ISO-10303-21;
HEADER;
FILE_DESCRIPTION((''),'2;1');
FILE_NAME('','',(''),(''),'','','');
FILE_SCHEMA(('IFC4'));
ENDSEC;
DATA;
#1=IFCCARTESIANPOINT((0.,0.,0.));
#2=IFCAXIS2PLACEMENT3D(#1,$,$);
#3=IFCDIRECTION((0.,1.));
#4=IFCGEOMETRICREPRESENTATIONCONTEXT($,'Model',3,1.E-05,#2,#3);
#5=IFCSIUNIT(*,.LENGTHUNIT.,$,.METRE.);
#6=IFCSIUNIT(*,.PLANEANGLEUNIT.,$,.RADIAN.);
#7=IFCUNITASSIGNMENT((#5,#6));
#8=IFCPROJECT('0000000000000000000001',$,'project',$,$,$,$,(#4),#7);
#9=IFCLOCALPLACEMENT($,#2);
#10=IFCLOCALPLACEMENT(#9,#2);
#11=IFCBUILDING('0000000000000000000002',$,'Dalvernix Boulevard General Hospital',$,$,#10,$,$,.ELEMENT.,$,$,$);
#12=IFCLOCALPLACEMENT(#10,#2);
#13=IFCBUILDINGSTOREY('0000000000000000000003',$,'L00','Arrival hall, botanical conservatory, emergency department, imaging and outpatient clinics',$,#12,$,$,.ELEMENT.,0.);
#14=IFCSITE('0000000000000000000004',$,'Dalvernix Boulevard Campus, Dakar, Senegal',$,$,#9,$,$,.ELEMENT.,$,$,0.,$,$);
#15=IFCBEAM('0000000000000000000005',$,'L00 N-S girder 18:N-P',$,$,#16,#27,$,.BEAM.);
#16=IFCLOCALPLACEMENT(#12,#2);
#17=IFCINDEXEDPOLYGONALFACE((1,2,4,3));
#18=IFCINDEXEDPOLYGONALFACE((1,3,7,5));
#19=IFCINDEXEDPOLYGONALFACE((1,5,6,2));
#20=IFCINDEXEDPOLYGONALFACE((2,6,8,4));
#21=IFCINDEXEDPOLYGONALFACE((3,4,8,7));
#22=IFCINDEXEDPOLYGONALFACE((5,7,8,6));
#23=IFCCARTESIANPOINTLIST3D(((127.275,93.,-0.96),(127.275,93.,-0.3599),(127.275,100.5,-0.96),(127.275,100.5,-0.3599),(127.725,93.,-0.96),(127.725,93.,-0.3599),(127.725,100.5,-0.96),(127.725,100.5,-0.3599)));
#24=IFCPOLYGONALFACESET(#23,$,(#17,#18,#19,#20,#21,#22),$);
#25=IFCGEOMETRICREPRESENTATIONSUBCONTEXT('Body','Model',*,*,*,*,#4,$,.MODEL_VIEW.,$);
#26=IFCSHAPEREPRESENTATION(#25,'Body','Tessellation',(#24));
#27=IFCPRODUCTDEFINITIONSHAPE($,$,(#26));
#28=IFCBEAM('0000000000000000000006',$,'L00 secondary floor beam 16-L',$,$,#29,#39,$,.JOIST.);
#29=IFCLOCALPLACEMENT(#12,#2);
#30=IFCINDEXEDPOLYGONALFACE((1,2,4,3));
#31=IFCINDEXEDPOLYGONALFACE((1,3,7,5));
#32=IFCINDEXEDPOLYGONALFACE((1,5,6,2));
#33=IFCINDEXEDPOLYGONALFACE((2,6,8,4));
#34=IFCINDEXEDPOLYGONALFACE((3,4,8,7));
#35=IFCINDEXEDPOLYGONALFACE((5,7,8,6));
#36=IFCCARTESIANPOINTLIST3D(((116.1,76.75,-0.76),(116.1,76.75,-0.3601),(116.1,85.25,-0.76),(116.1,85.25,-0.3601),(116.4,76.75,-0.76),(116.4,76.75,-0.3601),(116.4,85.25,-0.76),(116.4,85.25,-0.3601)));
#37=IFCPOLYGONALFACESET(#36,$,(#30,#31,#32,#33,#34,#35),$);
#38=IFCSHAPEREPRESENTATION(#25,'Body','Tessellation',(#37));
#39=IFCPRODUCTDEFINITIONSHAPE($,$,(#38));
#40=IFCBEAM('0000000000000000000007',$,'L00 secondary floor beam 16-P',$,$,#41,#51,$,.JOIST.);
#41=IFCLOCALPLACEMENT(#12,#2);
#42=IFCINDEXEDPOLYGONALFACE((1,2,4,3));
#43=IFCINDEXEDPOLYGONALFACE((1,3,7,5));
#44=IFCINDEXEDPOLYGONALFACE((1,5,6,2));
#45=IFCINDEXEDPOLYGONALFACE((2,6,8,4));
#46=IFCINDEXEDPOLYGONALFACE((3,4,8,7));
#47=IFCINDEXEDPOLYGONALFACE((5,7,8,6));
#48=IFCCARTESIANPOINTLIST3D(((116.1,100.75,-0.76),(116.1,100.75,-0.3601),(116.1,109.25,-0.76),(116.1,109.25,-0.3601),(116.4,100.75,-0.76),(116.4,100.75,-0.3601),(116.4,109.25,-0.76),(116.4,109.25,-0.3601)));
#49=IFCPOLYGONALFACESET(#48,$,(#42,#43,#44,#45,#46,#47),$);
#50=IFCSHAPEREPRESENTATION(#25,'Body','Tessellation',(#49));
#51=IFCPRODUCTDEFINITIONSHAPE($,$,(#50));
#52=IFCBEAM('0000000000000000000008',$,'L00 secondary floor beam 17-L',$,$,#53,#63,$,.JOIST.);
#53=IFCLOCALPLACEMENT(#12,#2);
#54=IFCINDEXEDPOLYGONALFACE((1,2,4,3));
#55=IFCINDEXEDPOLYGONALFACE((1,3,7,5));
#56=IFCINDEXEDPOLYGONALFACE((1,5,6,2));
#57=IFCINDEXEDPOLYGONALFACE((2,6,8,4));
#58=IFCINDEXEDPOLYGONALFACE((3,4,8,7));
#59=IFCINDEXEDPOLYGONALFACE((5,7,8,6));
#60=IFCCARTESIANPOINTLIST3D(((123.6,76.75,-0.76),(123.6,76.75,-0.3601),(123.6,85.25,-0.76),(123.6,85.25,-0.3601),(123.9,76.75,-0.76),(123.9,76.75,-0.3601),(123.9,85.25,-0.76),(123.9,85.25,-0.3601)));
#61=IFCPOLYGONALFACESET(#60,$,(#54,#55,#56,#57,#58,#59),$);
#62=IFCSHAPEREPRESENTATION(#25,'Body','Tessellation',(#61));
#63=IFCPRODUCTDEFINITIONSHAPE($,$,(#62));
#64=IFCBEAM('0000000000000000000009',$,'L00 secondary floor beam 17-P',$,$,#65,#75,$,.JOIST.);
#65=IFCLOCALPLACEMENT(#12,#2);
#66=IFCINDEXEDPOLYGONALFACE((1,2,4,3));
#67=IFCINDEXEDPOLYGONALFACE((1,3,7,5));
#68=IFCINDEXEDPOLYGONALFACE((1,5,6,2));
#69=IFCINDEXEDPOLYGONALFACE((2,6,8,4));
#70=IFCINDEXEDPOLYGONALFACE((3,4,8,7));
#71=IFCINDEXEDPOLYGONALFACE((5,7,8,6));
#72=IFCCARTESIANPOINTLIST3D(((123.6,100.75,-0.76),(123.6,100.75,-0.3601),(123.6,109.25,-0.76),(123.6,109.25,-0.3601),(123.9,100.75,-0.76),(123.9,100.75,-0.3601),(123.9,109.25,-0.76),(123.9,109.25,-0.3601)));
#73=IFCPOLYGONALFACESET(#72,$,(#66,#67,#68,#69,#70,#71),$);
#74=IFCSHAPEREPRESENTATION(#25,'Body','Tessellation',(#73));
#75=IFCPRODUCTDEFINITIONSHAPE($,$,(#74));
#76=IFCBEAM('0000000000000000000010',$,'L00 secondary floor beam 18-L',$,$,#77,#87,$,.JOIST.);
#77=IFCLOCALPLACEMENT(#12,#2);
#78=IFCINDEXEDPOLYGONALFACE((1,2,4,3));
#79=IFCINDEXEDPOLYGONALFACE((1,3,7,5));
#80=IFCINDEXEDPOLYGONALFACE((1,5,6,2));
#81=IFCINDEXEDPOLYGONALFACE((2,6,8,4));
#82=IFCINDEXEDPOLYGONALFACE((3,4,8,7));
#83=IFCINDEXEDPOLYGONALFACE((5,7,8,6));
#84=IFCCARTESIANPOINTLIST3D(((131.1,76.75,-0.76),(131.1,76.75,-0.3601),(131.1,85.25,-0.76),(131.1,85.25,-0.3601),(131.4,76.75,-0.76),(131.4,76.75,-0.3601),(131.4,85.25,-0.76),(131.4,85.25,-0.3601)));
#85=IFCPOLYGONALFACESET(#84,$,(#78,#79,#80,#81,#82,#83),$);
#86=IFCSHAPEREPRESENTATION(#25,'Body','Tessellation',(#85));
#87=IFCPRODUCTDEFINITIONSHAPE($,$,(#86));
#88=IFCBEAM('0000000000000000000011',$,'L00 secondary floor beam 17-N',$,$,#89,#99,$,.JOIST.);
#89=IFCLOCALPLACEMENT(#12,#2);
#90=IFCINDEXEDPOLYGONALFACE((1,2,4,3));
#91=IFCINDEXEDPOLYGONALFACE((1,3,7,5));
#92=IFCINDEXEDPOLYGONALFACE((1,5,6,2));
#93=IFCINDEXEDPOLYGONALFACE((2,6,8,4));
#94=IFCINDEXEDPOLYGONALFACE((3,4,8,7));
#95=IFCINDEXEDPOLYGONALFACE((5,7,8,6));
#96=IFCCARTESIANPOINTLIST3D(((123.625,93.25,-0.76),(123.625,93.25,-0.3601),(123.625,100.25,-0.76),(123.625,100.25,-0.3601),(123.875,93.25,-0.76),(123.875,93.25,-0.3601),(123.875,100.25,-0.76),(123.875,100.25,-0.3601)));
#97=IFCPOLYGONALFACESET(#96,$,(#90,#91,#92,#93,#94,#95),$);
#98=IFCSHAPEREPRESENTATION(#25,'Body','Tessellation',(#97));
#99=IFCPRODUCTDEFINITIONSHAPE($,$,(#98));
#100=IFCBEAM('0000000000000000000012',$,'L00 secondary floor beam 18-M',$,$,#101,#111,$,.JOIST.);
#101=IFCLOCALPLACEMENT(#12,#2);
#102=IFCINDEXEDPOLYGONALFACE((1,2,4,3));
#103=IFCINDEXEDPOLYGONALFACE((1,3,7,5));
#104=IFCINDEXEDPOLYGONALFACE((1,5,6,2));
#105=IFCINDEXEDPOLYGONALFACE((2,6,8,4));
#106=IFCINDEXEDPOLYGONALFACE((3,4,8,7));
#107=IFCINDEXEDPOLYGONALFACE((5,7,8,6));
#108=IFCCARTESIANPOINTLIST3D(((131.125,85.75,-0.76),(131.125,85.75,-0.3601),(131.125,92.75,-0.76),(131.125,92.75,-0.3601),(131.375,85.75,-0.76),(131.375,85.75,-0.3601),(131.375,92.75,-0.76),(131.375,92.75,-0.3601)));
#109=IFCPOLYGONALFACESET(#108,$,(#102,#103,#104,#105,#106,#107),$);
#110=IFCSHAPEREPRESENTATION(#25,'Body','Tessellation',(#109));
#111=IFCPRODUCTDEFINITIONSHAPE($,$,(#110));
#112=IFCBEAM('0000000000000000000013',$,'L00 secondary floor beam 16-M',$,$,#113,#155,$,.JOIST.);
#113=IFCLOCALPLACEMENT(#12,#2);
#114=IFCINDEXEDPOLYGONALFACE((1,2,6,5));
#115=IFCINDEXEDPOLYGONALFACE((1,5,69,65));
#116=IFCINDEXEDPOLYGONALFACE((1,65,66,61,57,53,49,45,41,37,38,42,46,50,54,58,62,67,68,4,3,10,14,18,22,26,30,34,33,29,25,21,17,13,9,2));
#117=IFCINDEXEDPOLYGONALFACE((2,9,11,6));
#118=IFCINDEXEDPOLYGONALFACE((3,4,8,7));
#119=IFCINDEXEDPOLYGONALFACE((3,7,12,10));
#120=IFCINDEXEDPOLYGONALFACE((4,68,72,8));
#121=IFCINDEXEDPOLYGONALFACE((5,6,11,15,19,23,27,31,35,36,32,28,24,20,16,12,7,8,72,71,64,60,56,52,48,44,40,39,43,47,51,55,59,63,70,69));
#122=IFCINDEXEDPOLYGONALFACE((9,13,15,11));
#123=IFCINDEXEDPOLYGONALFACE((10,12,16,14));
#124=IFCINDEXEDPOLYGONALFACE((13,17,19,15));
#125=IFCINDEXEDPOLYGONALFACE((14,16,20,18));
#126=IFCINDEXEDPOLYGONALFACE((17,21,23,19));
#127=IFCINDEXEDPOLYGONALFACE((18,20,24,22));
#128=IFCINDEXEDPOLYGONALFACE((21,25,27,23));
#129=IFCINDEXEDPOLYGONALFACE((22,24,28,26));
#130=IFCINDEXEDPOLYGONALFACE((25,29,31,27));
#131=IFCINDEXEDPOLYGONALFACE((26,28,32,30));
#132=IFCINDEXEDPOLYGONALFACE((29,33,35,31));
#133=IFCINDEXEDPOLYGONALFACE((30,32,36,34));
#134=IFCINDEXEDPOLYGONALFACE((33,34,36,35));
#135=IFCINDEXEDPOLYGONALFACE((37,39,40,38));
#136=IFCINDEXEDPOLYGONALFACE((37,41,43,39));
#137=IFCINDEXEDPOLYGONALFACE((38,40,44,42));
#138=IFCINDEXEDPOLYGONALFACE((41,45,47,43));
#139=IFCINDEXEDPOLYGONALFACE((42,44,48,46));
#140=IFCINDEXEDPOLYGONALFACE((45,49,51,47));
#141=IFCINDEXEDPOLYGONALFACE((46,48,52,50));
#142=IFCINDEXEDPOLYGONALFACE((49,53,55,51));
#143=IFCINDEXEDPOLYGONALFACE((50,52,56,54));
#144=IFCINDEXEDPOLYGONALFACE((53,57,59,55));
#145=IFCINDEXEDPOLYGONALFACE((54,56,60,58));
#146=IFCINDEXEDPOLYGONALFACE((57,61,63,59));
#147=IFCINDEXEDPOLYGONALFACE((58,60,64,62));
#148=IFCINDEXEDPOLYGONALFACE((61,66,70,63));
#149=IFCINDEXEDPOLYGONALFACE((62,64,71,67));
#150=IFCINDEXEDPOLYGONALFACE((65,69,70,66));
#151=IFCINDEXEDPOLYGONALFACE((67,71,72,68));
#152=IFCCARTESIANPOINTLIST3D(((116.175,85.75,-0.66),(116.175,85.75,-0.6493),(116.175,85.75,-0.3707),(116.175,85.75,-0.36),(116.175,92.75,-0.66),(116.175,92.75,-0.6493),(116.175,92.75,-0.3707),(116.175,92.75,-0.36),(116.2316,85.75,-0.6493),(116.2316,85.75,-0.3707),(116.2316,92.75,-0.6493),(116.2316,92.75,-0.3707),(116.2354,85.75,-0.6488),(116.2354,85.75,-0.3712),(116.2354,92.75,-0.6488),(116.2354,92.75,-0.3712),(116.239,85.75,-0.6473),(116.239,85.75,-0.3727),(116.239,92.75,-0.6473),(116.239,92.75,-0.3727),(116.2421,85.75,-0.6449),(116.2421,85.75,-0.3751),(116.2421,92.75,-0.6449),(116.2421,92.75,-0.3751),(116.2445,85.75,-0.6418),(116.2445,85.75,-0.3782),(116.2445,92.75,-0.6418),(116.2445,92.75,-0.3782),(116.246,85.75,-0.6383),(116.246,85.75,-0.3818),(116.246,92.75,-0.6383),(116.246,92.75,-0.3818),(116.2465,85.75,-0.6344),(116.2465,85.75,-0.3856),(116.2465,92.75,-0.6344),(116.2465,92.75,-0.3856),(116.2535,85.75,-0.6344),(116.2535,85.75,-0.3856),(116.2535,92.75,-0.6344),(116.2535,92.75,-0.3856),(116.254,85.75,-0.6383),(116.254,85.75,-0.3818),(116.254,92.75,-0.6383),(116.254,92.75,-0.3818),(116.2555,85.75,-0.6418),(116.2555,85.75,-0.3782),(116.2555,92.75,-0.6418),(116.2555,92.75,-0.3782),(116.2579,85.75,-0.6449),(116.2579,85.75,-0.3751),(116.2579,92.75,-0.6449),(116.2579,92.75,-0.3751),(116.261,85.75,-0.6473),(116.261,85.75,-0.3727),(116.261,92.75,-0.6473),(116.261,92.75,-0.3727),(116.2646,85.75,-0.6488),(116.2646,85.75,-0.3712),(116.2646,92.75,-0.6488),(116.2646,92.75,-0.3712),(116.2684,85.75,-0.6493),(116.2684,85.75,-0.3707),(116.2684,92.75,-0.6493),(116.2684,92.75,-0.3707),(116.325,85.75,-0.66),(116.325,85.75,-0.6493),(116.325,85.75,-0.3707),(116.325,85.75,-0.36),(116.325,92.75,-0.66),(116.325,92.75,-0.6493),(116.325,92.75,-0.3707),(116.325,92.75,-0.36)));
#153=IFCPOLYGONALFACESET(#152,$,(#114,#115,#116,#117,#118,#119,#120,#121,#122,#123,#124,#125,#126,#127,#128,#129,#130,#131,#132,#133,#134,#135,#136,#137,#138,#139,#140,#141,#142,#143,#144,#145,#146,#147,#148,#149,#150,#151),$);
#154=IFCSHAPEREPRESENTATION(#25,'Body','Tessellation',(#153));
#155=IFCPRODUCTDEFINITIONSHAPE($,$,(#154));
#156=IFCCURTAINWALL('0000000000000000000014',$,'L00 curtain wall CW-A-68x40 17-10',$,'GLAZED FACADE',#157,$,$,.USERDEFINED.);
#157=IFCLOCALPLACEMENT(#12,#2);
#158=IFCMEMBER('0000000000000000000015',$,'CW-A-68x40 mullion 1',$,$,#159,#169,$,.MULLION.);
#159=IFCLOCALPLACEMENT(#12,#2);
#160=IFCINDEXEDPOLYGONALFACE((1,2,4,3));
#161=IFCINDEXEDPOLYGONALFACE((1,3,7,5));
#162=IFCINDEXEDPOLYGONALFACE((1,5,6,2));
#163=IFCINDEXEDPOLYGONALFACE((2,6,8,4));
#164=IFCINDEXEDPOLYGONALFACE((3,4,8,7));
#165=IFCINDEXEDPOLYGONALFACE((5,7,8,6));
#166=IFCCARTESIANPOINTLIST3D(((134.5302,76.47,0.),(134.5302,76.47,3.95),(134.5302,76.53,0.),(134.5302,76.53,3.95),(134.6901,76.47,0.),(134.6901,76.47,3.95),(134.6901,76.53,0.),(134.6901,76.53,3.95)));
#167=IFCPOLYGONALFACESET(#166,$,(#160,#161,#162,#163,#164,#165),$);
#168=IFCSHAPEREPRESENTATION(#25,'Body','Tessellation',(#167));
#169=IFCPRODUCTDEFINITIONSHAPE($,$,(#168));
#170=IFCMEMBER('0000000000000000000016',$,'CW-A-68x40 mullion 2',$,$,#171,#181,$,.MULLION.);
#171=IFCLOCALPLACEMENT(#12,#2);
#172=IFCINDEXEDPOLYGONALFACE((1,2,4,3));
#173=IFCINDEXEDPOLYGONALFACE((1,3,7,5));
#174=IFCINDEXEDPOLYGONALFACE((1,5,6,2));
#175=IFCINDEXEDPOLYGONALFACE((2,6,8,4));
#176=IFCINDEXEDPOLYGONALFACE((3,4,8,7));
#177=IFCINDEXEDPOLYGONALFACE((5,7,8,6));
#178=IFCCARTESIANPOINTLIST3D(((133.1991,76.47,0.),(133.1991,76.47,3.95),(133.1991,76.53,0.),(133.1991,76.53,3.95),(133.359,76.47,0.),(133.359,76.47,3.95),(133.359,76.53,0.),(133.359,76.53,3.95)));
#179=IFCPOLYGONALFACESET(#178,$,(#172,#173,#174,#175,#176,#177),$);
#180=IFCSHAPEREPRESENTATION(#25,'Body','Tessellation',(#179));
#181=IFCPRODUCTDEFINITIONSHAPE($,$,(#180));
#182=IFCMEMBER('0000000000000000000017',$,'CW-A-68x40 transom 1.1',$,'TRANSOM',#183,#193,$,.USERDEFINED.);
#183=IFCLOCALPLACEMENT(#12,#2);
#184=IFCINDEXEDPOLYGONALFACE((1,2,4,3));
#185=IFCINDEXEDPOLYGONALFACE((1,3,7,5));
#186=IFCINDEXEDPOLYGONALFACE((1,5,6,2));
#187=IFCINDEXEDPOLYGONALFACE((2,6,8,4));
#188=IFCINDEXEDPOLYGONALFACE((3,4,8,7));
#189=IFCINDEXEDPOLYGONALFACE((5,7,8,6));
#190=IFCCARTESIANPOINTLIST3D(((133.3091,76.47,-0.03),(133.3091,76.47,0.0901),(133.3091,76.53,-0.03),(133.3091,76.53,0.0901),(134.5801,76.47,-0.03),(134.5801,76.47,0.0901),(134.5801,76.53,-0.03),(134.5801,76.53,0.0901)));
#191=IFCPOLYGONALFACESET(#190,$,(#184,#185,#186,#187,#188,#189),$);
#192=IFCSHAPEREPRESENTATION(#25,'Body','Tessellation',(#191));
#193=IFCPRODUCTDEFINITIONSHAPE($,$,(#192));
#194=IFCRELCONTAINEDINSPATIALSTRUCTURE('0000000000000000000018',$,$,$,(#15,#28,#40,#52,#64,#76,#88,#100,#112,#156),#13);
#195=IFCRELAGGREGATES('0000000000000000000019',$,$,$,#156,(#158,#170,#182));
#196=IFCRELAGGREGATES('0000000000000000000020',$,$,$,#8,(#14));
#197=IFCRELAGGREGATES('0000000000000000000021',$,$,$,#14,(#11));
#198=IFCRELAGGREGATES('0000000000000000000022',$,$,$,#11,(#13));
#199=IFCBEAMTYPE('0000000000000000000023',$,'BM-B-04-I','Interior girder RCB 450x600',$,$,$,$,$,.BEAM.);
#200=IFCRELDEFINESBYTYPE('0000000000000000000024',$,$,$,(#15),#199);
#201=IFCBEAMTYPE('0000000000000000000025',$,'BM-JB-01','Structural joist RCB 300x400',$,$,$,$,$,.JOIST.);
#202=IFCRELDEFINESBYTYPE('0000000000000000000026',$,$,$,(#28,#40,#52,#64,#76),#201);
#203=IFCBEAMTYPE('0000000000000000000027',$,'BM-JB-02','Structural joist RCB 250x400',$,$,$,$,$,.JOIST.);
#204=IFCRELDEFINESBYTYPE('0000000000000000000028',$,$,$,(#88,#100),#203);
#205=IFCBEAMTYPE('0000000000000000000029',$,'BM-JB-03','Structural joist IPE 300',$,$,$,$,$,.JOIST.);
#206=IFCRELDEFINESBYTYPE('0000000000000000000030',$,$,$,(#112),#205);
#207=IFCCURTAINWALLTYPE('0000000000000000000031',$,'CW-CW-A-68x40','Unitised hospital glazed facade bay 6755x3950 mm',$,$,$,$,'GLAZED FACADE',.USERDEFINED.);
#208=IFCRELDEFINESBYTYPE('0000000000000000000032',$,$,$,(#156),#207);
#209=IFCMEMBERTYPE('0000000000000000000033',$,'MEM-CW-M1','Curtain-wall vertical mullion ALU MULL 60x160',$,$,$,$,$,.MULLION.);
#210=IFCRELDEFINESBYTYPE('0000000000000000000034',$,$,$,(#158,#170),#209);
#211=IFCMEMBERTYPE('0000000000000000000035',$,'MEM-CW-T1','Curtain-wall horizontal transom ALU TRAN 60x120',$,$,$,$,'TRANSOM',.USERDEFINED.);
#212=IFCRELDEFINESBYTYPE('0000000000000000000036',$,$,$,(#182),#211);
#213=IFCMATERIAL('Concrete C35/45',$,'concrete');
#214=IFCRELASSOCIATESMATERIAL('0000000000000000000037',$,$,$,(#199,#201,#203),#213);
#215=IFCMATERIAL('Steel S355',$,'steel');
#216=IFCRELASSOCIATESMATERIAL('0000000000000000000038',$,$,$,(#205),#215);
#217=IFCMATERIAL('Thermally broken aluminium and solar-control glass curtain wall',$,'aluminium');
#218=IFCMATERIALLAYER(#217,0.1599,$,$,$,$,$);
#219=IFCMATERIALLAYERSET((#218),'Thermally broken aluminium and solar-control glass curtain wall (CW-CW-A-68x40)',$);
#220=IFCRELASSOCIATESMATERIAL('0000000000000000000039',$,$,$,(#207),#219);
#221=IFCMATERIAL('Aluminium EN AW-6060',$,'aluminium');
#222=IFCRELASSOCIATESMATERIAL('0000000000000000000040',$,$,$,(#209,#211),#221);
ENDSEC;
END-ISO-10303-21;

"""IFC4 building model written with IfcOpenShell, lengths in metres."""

from ifc_helpers import new_model, si_unit, direction, frame, origin, origin_2d, place, context, subcontext, project, spatial, rectangle, i_section, extrude, material, layer, layer_set, material_profile, profile_set, type_object, element, aggregate, save


model = new_model("IFC4")

# Units and contexts
model_context = context("Model", 3, precision=1e-05, world=origin(), true_north=direction((0.0, 1.0)))
body_context = subcontext(model_context, "Body", "Model", "MODEL_VIEW")
ifc_project = project(units=[si_unit("LENGTHUNIT", "METRE"), si_unit("PLANEANGLEUNIT", "RADIAN")], contexts=[model_context])

# Site, building, storey
site_placement = place(None, origin())
site = spatial("IfcSite", under=ifc_project, at=site_placement, Name="Dalvernix Boulevard Campus, Dakar, Senegal", CompositionType="ELEMENT", RefElevation=0.0)
building_placement = place(site_placement, origin())
building = spatial("IfcBuilding", under=site, at=building_placement, Name="Dalvernix Boulevard General Hospital", CompositionType="ELEMENT")
storey_placement = place(building_placement, origin())
storey = spatial("IfcBuildingStorey", under=building, at=storey_placement, Name="L00", Description="Arrival hall, botanical conservatory, emergency department, imaging and outpatient clinics", CompositionType="ELEMENT", Elevation=0.0)

# Beams
ifc_material_1 = material(Name="Concrete C35/45", Category="concrete")
ifc_material_profile_1 = material_profile(ifc_material_1, rectangle(XDim=0.45, YDim=0.6001, at=origin_2d()), Name="RCB 450x600")
ifc_profile_set_1 = profile_set([ifc_material_profile_1], Name="Concrete C35/45")
beam_type_1 = type_object("IfcBeamType", Name="BM-B-04-I", Description="Interior girder RCB 450x600", PredefinedType="BEAM", material=ifc_profile_set_1)
for number, where, z_axis, x_axis, name in (
    (1, (127.5, 93.0, -0.6599), (0.0, 1.0, 0.0), (-1.0, 0.0, 0.0), "L00 N-S girder 18:N-P"),
):
    element("IfcBeam", number, at=place(storey_placement, frame(where, z_axis=z_axis, x_axis=x_axis)), inside=storey, type_object=beam_type_1, Name=name, PredefinedType="BEAM", context=body_context, shape_type="SweptSolid", body=[
        extrude(rectangle(XDim=0.45, YDim=0.6001, at=origin_2d()), origin(), (0.0, 0.0, 1.0), 7.5),
    ])
ifc_material_profile_2 = material_profile(ifc_material_1, rectangle(XDim=0.3, YDim=0.3999, at=origin_2d()), Name="RCB 300x400")
ifc_profile_set_2 = profile_set([ifc_material_profile_2], Name="Concrete C35/45")
beam_type_2 = type_object("IfcBeamType", Name="BM-JB-01", Description="Structural joist RCB 300x400", PredefinedType="JOIST", material=ifc_profile_set_2)
for number, where, z_axis, x_axis, name in (
    (2, (116.25, 76.75, -0.5601), (0.0, 1.0, 0.0), (-1.0, 0.0, 0.0), "L00 secondary floor beam 16-L"),
    (3, (116.25, 100.75, -0.5601), (0.0, 1.0, 0.0), (-1.0, 0.0, 0.0), "L00 secondary floor beam 16-P"),
    (4, (123.75, 76.75, -0.5601), (0.0, 1.0, 0.0), (-1.0, 0.0, 0.0), "L00 secondary floor beam 17-L"),
    (5, (123.75, 100.75, -0.5601), (0.0, 1.0, 0.0), (-1.0, 0.0, 0.0), "L00 secondary floor beam 17-P"),
    (6, (131.25, 76.75, -0.5601), (0.0, 1.0, 0.0), (-1.0, 0.0, 0.0), "L00 secondary floor beam 18-L"),
):
    element("IfcBeam", number, at=place(storey_placement, frame(where, z_axis=z_axis, x_axis=x_axis)), inside=storey, type_object=beam_type_2, Name=name, PredefinedType="JOIST", context=body_context, shape_type="SweptSolid", body=[
        extrude(rectangle(XDim=0.3, YDim=0.3999, at=origin_2d()), origin(), (0.0, 0.0, 1.0), 8.5),
    ])
ifc_material_profile_3 = material_profile(ifc_material_1, rectangle(XDim=0.25, YDim=0.3999, at=origin_2d()), Name="RCB 250x400")
ifc_profile_set_3 = profile_set([ifc_material_profile_3], Name="Concrete C35/45")
beam_type_3 = type_object("IfcBeamType", Name="BM-JB-02", Description="Structural joist RCB 250x400", PredefinedType="JOIST", material=ifc_profile_set_3)
for number, where, z_axis, x_axis, name in (
    (7, (123.75, 93.25, -0.5601), (0.0, 1.0, 0.0), (-1.0, 0.0, 0.0), "L00 secondary floor beam 17-N"),
    (8, (131.25, 85.75, -0.5601), (0.0, 1.0, 0.0), (-1.0, 0.0, 0.0), "L00 secondary floor beam 18-M"),
):
    element("IfcBeam", number, at=place(storey_placement, frame(where, z_axis=z_axis, x_axis=x_axis)), inside=storey, type_object=beam_type_3, Name=name, PredefinedType="JOIST", context=body_context, shape_type="SweptSolid", body=[
        extrude(rectangle(XDim=0.25, YDim=0.3999, at=origin_2d()), origin(), (0.0, 0.0, 1.0), 7.0),
    ])
ifc_material_2 = material(Name="Steel S355", Category="steel")
ifc_material_profile_4 = material_profile(ifc_material_2, i_section(OverallWidth=0.1499, OverallDepth=0.3, WebThickness=0.0071, FlangeThickness=0.0107, FilletRadius=0.0149, at=origin_2d()), Name="IPE 300")
ifc_profile_set_4 = profile_set([ifc_material_profile_4], Name="Steel S355")
beam_type_4 = type_object("IfcBeamType", Name="BM-JB-03", Description="Structural joist IPE 300", PredefinedType="JOIST", material=ifc_profile_set_4)
beam_placement = place(storey_placement, frame((116.25, 85.75, -0.51), z_axis=(0.0, 1.0, 0.0), x_axis=(-1.0, 0.0, 0.0)))
element("IfcBeam", 9, at=beam_placement, inside=storey, type_object=beam_type_4, Name="L00 secondary floor beam 16-M", PredefinedType="JOIST", context=body_context, shape_type="SweptSolid", body=[
    extrude(i_section(OverallWidth=0.1499, OverallDepth=0.3, WebThickness=0.0071, FlangeThickness=0.0107, FilletRadius=0.0149, at=origin_2d()), origin(), (0.0, 0.0, 1.0), 7.0),
])

# Curtain wall, members
ifc_material_3 = material(Name="Thermally broken aluminium and solar-control glass curtain wall", Category="aluminium")
ifc_layer_1 = layer(ifc_material_3, 0.1599)
ifc_layer_set_1 = layer_set([ifc_layer_1], Name="Thermally broken aluminium and solar-control glass curtain wall (CW-CW-A-68x40)")
curtain_wall_type = type_object("IfcCurtainWallType", Name="CW-CW-A-68x40", Description="Unitised hospital glazed facade bay 6755x3950 mm", ElementType="GLAZED FACADE", PredefinedType="USERDEFINED", material=ifc_layer_set_1)
curtain_wall_placement = place(storey_placement, origin())
curtain_wall = element("IfcCurtainWall", 10, at=curtain_wall_placement, inside=storey, type_object=curtain_wall_type, Name="L00 curtain wall CW-A-68x40 17-10", ObjectType="GLAZED FACADE", PredefinedType="USERDEFINED")
ifc_material_4 = material(Name="Aluminium EN AW-6060", Category="aluminium")
ifc_material_profile_5 = material_profile(ifc_material_4, rectangle(XDim=0.0601, YDim=0.1599, at=origin_2d()), Name="ALU MULL 60x160")
ifc_profile_set_5 = profile_set([ifc_material_profile_5], Name="Aluminium EN AW-6060")
member_type_1 = type_object("IfcMemberType", Name="MEM-CW-M1", Description="Curtain-wall vertical mullion ALU MULL 60x160", PredefinedType="MULLION", material=ifc_profile_set_5)
member_1_placement = place(storey_placement, frame((134.6101, 76.5, 0.0), z_axis=(0.0, 0.0, 1.0), x_axis=(0.0, -1.0, 0.0)))
member_1 = element("IfcMember", 11, at=member_1_placement, type_object=member_type_1, Name="CW-A-68x40 mullion 1", PredefinedType="MULLION", context=body_context, shape_type="SweptSolid", body=[
    extrude(rectangle(XDim=0.0601, YDim=0.1599, at=origin_2d()), origin(), (0.0, 0.0, 1.0), 3.95),
])
member_2_placement = place(storey_placement, frame((133.2791, 76.5, 0.0), z_axis=(0.0, 0.0, 1.0), x_axis=(0.0, -1.0, 0.0)))
member_2 = element("IfcMember", 12, at=member_2_placement, type_object=member_type_1, Name="CW-A-68x40 mullion 2", PredefinedType="MULLION", context=body_context, shape_type="SweptSolid", body=[
    extrude(rectangle(XDim=0.0601, YDim=0.1599, at=origin_2d()), origin(), (0.0, 0.0, 1.0), 3.95),
])
ifc_material_profile_6 = material_profile(ifc_material_4, rectangle(XDim=0.0601, YDim=0.1201, at=origin_2d()), Name="ALU TRAN 60x120")
ifc_profile_set_6 = profile_set([ifc_material_profile_6], Name="Aluminium EN AW-6060")
member_type_2 = type_object("IfcMemberType", Name="MEM-CW-T1", Description="Curtain-wall horizontal transom ALU TRAN 60x120", ElementType="TRANSOM", PredefinedType="USERDEFINED", material=ifc_profile_set_6)
member_3_placement = place(storey_placement, frame((134.5801, 76.5, 0.03), z_axis=(-1.0, 0.0, 0.0), x_axis=(0.0, -1.0, 0.0)))
member_3 = element("IfcMember", 13, at=member_3_placement, type_object=member_type_2, Name="CW-A-68x40 transom 1.1", ObjectType="TRANSOM", PredefinedType="USERDEFINED", context=body_context, shape_type="SweptSolid", body=[
    extrude(rectangle(XDim=0.0601, YDim=0.1201, at=origin_2d()), origin(), (0.0, 0.0, 1.0), 1.271),
])
aggregate(curtain_wall, [member_1, member_2, member_3])

save(model, "model.ifc")
